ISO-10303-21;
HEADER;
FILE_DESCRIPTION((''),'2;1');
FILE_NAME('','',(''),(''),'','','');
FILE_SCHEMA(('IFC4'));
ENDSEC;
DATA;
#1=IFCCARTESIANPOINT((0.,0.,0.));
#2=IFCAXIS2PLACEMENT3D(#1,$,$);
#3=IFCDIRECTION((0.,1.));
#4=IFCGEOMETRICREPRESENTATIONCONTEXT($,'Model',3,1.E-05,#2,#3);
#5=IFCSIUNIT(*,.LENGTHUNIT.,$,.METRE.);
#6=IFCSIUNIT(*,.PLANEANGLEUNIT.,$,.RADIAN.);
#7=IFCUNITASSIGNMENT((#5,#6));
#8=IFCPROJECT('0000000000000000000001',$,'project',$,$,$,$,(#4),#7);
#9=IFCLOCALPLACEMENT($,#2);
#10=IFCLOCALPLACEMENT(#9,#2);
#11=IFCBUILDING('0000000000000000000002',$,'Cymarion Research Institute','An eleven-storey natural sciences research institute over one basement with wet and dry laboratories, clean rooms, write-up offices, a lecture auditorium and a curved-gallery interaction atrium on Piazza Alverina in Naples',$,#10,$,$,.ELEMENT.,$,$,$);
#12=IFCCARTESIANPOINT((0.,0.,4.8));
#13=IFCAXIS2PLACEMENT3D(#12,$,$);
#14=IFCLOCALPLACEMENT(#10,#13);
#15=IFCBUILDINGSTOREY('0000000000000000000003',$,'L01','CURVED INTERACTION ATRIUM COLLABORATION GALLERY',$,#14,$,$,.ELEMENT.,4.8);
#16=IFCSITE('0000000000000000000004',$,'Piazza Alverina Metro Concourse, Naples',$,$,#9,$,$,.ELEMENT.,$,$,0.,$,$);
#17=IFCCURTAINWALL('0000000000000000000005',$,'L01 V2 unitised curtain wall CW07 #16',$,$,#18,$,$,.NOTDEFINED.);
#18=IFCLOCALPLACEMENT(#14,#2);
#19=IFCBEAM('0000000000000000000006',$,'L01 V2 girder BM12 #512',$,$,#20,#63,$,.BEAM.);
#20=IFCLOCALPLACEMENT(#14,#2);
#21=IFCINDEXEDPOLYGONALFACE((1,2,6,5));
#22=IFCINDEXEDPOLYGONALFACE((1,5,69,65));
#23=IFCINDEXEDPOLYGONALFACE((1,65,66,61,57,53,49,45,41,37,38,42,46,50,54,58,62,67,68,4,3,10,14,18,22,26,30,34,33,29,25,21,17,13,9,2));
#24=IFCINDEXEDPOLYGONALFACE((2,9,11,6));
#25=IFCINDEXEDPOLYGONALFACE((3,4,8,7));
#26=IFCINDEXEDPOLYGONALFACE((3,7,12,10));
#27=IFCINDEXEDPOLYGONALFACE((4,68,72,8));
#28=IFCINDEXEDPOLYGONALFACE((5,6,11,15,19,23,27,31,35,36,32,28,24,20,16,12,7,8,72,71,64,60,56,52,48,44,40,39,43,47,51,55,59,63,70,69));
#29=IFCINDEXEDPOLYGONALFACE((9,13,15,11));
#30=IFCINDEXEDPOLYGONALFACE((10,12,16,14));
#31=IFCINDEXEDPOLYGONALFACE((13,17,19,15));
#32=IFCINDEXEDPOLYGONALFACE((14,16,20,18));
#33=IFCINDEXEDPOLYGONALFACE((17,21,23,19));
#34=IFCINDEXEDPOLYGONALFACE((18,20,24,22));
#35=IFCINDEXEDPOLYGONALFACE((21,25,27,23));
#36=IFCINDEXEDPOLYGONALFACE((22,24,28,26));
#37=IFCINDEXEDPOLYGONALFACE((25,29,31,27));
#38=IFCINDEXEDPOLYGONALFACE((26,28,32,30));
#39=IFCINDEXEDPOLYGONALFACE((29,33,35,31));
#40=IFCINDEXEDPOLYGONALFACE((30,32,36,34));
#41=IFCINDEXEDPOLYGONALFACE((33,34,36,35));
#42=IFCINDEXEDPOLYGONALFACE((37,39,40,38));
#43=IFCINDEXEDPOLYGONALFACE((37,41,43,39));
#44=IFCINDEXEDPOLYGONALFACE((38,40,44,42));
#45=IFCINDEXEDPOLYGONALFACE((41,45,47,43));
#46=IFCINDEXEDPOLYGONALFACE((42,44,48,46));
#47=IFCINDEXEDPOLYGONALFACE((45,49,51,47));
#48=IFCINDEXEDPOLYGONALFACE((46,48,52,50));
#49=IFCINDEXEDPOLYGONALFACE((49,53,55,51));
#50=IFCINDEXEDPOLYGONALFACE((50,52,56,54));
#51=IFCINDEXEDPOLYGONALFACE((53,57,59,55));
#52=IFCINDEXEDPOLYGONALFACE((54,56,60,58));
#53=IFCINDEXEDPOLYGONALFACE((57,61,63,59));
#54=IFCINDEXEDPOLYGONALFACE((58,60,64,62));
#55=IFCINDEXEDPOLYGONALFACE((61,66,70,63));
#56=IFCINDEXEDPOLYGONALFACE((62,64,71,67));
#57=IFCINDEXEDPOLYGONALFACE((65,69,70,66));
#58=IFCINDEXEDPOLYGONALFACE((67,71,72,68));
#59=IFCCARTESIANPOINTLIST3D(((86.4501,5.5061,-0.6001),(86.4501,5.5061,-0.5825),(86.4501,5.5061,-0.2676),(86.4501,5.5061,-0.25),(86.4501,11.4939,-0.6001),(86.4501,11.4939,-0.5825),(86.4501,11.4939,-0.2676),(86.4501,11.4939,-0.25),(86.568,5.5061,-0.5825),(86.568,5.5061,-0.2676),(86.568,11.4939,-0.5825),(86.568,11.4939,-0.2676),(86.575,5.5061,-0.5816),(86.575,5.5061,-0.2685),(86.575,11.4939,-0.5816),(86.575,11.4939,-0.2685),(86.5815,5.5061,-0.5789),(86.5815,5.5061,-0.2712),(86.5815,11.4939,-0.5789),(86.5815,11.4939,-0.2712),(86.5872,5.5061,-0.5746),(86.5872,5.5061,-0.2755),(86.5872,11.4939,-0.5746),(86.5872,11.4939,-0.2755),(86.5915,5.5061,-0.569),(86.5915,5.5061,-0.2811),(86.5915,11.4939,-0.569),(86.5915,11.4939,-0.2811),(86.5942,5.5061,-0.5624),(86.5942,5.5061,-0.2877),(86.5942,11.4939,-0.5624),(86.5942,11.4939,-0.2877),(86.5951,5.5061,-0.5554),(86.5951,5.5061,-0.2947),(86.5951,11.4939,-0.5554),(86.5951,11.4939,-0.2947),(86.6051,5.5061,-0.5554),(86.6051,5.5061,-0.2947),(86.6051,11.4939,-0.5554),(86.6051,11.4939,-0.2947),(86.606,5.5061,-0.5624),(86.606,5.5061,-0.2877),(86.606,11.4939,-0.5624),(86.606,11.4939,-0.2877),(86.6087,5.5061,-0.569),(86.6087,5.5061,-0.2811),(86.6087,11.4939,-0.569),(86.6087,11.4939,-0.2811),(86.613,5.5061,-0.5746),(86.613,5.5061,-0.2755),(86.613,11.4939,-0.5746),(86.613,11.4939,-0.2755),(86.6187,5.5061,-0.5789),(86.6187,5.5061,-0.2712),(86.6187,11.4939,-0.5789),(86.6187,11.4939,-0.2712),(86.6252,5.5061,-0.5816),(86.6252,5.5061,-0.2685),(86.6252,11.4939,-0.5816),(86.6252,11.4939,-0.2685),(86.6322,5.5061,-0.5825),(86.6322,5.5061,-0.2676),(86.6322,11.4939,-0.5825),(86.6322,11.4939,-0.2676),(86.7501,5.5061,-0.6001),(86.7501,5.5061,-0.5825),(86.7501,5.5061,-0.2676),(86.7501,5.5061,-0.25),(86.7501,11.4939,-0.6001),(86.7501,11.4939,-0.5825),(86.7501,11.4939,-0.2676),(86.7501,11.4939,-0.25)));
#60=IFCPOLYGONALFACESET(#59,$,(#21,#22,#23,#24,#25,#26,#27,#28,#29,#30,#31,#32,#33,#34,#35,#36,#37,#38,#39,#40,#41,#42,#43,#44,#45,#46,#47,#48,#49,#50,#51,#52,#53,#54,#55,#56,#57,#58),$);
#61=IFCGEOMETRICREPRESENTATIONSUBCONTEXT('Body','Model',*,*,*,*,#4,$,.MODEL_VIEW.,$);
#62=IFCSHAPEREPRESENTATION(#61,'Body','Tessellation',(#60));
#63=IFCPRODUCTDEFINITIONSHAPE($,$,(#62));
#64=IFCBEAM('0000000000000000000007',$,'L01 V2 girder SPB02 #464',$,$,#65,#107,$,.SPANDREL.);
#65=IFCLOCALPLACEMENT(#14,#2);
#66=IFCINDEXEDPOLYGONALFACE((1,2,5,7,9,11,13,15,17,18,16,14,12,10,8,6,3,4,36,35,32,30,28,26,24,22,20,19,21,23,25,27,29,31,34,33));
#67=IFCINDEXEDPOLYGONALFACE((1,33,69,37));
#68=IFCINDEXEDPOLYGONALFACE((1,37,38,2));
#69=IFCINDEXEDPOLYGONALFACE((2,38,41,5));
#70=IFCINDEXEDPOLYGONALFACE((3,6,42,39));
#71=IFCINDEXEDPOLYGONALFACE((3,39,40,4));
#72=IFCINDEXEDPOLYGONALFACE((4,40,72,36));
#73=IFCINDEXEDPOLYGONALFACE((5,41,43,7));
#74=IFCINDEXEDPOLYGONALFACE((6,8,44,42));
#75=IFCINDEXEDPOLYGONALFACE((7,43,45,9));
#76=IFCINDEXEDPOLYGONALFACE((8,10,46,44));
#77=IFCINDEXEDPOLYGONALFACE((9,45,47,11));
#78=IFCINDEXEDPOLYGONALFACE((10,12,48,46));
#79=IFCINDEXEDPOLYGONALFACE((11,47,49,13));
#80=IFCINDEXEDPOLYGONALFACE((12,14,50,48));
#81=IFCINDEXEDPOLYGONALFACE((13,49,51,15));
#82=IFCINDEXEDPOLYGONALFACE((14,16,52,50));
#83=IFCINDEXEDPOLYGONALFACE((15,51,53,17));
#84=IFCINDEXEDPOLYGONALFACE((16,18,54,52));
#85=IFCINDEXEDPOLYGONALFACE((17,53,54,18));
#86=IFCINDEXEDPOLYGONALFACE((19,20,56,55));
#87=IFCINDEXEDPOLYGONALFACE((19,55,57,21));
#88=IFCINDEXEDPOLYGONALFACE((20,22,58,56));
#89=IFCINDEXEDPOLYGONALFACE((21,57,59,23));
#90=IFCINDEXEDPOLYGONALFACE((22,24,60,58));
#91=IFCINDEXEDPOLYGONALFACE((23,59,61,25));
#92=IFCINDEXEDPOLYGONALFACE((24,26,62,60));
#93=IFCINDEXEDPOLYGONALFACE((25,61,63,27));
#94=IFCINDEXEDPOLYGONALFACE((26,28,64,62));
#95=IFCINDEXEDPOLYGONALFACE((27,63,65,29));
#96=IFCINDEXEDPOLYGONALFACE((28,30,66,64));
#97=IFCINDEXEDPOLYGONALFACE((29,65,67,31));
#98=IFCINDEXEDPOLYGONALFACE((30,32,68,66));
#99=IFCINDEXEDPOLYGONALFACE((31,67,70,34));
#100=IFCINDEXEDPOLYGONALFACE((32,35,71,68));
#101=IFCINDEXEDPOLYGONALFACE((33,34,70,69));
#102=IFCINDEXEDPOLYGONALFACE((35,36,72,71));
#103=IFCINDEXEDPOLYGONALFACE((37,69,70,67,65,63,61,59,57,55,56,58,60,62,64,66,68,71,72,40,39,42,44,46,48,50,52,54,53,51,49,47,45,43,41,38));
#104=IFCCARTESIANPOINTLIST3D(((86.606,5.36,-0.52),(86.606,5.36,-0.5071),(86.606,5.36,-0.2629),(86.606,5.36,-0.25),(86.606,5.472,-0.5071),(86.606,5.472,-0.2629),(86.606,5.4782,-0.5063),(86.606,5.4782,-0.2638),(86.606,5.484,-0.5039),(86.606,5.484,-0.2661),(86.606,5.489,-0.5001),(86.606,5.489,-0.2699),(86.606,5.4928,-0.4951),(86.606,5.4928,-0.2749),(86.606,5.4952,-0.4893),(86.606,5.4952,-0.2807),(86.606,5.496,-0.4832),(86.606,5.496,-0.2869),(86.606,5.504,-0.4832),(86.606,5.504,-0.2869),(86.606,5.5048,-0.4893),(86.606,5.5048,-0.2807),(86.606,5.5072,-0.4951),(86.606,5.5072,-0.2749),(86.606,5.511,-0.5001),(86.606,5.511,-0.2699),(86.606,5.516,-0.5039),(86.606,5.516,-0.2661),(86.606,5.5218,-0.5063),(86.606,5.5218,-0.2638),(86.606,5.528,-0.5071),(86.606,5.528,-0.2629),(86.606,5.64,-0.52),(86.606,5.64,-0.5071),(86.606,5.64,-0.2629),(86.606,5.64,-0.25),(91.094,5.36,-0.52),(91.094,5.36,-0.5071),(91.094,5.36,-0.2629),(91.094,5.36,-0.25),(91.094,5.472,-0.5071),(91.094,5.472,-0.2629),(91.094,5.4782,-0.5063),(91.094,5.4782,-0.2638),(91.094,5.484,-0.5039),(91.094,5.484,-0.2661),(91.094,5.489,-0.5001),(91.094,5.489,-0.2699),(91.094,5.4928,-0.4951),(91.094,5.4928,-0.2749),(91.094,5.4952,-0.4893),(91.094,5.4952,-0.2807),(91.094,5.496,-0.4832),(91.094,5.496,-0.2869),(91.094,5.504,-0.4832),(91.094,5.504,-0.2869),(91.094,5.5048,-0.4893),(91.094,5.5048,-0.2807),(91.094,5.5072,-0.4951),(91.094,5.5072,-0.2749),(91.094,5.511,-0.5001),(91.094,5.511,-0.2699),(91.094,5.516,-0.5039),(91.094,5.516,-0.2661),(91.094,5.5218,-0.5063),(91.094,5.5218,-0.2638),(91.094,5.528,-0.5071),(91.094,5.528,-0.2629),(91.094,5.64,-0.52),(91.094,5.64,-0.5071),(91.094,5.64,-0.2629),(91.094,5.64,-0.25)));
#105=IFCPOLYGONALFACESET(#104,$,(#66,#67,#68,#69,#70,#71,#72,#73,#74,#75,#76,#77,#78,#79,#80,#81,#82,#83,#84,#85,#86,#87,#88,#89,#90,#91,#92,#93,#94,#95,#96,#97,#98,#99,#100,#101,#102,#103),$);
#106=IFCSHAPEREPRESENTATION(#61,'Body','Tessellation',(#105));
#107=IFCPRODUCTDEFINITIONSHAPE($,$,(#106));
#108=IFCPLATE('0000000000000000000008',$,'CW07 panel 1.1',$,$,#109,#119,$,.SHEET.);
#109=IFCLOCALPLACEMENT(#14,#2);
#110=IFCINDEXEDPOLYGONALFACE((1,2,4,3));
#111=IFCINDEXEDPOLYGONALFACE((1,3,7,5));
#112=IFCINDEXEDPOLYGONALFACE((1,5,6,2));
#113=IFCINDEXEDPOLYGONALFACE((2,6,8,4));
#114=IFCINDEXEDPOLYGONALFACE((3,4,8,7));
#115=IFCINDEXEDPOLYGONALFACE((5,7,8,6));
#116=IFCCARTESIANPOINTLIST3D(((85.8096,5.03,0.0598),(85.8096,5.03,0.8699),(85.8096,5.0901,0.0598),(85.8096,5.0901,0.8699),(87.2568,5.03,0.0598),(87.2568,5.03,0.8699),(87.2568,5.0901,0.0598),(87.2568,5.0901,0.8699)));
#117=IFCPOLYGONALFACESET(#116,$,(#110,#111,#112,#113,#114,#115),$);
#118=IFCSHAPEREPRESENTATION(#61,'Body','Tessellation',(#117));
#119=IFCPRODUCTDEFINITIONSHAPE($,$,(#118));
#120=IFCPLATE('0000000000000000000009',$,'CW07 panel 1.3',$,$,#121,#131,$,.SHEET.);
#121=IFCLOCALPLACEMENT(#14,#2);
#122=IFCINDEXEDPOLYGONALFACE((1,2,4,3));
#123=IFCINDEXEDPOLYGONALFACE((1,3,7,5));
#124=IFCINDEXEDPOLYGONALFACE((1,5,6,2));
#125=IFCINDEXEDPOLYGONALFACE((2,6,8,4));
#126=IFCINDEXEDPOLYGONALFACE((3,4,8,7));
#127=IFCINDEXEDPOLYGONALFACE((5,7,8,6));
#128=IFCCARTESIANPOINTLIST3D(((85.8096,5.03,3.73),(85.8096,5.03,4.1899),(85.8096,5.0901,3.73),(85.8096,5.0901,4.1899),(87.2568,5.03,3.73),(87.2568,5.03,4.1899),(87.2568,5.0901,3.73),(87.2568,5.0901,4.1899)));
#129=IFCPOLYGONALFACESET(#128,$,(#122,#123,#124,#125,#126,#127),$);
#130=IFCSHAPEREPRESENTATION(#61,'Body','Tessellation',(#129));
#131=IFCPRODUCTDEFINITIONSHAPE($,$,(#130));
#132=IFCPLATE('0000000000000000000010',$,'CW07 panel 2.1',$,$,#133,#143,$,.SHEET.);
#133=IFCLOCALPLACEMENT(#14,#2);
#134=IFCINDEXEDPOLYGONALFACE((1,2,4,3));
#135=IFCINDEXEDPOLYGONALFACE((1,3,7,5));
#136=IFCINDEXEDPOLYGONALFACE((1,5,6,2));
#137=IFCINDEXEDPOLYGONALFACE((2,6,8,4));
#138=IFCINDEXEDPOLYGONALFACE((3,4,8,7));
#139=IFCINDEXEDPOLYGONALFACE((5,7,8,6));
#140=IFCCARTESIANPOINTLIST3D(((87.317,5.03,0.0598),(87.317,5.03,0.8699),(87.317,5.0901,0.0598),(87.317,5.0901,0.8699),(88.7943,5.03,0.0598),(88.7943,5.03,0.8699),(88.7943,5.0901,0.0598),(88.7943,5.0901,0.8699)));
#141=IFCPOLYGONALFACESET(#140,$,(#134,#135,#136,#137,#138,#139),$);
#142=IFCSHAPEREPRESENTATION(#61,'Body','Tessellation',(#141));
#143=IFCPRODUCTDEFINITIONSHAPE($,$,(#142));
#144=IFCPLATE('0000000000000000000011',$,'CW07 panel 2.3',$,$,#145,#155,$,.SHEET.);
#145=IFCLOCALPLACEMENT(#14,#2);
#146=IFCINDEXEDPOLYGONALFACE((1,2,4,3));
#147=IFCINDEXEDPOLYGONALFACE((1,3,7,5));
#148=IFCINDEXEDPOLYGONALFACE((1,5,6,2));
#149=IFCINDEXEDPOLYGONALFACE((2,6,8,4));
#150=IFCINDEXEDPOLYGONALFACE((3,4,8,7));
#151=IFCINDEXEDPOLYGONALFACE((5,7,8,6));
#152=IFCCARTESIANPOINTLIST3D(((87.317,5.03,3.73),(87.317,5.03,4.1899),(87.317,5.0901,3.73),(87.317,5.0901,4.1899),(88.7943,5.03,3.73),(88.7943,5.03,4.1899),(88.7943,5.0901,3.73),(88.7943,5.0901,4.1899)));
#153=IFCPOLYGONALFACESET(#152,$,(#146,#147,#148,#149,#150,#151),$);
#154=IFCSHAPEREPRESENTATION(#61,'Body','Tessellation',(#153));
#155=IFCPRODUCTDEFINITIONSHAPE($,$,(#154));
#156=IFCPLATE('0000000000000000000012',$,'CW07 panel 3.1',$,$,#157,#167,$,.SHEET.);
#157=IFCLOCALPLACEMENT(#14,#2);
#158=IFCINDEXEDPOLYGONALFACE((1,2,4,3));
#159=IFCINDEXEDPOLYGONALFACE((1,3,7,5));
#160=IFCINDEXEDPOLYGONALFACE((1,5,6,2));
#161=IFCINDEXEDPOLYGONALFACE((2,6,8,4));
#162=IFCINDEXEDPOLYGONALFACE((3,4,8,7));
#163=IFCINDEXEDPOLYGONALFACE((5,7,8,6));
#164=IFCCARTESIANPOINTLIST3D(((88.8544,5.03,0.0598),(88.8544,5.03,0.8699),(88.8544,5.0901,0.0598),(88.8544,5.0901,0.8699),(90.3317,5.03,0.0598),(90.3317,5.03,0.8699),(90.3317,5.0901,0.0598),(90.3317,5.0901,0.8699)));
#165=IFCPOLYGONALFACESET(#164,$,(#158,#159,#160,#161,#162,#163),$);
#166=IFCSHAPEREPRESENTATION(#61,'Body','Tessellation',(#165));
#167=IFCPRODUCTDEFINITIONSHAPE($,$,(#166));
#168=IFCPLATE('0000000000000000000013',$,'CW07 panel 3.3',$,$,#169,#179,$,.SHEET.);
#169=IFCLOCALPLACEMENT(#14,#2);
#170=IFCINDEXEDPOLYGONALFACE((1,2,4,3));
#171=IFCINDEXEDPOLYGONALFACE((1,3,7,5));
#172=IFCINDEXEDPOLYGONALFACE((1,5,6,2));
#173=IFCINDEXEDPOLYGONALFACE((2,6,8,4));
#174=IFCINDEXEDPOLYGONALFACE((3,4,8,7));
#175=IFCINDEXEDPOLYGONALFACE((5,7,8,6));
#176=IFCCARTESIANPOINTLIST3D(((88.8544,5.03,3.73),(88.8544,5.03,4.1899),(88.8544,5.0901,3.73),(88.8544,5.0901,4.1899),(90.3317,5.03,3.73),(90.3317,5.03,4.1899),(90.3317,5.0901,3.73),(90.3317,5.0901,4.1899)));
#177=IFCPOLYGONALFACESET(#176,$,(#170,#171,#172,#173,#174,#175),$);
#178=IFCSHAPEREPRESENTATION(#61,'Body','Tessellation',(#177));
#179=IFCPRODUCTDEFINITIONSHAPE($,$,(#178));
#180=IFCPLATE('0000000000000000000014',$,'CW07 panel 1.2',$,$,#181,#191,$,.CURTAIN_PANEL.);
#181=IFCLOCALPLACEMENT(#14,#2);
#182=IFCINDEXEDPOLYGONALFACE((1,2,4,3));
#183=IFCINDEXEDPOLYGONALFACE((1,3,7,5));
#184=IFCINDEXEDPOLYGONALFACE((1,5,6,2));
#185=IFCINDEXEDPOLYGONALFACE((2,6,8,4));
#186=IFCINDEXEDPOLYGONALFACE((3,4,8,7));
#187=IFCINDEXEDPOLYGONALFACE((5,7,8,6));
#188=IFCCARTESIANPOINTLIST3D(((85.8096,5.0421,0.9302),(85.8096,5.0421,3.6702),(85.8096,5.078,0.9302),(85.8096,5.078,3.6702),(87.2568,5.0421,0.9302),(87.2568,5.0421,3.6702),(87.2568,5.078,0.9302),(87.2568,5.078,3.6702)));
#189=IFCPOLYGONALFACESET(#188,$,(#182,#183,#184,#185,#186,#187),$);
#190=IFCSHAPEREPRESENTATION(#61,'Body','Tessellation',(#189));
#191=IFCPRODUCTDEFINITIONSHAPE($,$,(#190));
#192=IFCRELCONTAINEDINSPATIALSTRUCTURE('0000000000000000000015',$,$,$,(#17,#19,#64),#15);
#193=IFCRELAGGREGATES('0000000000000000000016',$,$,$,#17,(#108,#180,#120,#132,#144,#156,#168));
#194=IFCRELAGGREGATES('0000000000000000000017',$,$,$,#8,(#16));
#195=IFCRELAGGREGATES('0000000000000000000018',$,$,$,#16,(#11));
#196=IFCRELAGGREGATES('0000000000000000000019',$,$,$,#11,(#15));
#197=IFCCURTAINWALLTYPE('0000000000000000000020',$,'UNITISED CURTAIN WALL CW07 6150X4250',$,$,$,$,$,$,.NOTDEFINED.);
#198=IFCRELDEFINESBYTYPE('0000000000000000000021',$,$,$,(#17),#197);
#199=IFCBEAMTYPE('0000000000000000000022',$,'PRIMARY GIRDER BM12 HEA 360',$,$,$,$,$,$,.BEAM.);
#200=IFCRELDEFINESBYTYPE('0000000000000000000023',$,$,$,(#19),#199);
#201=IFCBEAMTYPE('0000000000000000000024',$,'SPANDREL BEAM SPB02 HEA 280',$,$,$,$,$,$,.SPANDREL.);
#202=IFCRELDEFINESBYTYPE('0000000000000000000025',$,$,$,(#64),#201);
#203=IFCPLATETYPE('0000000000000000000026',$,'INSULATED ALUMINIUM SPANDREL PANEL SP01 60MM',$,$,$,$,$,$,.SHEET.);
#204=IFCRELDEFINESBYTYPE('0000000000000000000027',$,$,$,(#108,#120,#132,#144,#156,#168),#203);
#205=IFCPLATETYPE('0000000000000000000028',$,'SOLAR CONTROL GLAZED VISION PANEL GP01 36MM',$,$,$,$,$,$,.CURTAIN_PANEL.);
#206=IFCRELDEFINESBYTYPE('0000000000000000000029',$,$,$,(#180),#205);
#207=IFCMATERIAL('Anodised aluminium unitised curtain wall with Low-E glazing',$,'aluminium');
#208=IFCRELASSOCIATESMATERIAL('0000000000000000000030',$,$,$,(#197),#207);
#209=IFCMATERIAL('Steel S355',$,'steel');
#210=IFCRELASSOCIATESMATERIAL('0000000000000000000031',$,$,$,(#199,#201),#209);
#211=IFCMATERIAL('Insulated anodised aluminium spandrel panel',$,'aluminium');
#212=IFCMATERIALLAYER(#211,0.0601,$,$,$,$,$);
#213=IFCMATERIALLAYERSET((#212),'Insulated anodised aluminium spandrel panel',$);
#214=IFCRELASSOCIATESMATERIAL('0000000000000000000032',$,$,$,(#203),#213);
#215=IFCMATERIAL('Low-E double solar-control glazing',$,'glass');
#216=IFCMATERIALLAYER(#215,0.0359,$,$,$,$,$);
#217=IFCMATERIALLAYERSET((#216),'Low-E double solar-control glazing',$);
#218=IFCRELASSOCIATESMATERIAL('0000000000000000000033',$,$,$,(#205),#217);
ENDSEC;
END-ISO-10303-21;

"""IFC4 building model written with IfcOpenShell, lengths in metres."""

from ifc_helpers import new_model, si_unit, direction, frame, origin, origin_2d, place, context, subcontext, project, spatial, rectangle, i_section, extrude, material, layer, layer_set, material_profile, profile_set, type_object, element, aggregate, save


model = new_model("IFC4")

# Units and contexts
model_context = context("Model", 3, precision=1e-05, world=origin(), true_north=direction((0.0, 1.0)))
body_context = subcontext(model_context, "Body", "Model", "MODEL_VIEW")
ifc_project = project(units=[si_unit("LENGTHUNIT", "METRE"), si_unit("PLANEANGLEUNIT", "RADIAN")], contexts=[model_context])

# Site, building, storey
site_placement = place(None, origin())
site = spatial("IfcSite", under=ifc_project, at=site_placement, Name="Piazza Alverina Metro Concourse, Naples", CompositionType="ELEMENT", RefElevation=0.0)
building_placement = place(site_placement, origin())
building = spatial("IfcBuilding", under=site, at=building_placement, Name="Cymarion Research Institute", Description="An eleven-storey natural sciences research institute over one basement with wet and dry laboratories, clean rooms, write-up offices, a lecture auditorium and a curved-gallery interaction atrium on Piazza Alverina in Naples", CompositionType="ELEMENT")
storey_placement = place(building_placement, frame((0.0, 0.0, 4.8)))
storey = spatial("IfcBuildingStorey", under=building, at=storey_placement, Name="L01", Description="CURVED INTERACTION ATRIUM COLLABORATION GALLERY", CompositionType="ELEMENT", Elevation=4.8)

# Shared definitions
ifc_material_1 = material(Name="Steel S355", Category="steel")

# Curtain wall
ifc_material_2 = material(Name="Anodised aluminium unitised curtain wall with Low-E glazing", Category="aluminium")
curtain_wall_type = type_object("IfcCurtainWallType", Name="UNITISED CURTAIN WALL CW07 6150X4250", PredefinedType="NOTDEFINED", material=ifc_material_2)
curtain_wall_placement = place(storey_placement, origin())
curtain_wall = element("IfcCurtainWall", 1, at=curtain_wall_placement, inside=storey, type_object=curtain_wall_type, Name="L01 V2 unitised curtain wall CW07 #16", PredefinedType="NOTDEFINED")

# Beams
ifc_material_profile_1 = material_profile(ifc_material_1, i_section(OverallWidth=0.3, OverallDepth=0.3501, WebThickness=0.01, FlangeThickness=0.0176, FilletRadius=0.0271, at=origin_2d()), Name="HEA 360")
ifc_profile_set_1 = profile_set([ifc_material_profile_1], Name="Steel S355")
beam_type_1 = type_object("IfcBeamType", Name="PRIMARY GIRDER BM12 HEA 360", PredefinedType="BEAM", material=ifc_profile_set_1)
beam_1_placement = place(storey_placement, frame((86.6001, 5.5061, -0.425), z_axis=(0.0, 1.0, 0.0), x_axis=(-1.0, 0.0, 0.0)))
element("IfcBeam", 2, at=beam_1_placement, inside=storey, type_object=beam_type_1, Name="L01 V2 girder BM12 #512", PredefinedType="BEAM", context=body_context, shape_type="SweptSolid", body=[
    extrude(i_section(OverallWidth=0.3, OverallDepth=0.3501, WebThickness=0.01, FlangeThickness=0.0176, FilletRadius=0.0271, at=origin_2d()), origin(), (0.0, 0.0, 1.0), 5.9878),
])
ifc_material_profile_2 = material_profile(ifc_material_1, i_section(OverallWidth=0.28, OverallDepth=0.27, WebThickness=0.0081, FlangeThickness=0.0129, FilletRadius=0.0239, at=origin_2d()), Name="HEA 280")
ifc_profile_set_2 = profile_set([ifc_material_profile_2], Name="Steel S355")
beam_type_2 = type_object("IfcBeamType", Name="SPANDREL BEAM SPB02 HEA 280", PredefinedType="SPANDREL", material=ifc_profile_set_2)
beam_2_placement = place(storey_placement, frame((86.606, 5.5, -0.385), z_axis=(1.0, 0.0, 0.0), x_axis=(0.0, 1.0, 0.0)))
element("IfcBeam", 3, at=beam_2_placement, inside=storey, type_object=beam_type_2, Name="L01 V2 girder SPB02 #464", PredefinedType="SPANDREL", context=body_context, shape_type="SweptSolid", body=[
    extrude(i_section(OverallWidth=0.28, OverallDepth=0.27, WebThickness=0.0081, FlangeThickness=0.0129, FilletRadius=0.0239, at=origin_2d()), origin(), (0.0, 0.0, 1.0), 4.488),
])

# Plates
ifc_material_3 = material(Name="Insulated anodised aluminium spandrel panel", Category="aluminium")
ifc_layer_1 = layer(ifc_material_3, 0.0601)
ifc_layer_set_1 = layer_set([ifc_layer_1], Name="Insulated anodised aluminium spandrel panel")
plate_type_1 = type_object("IfcPlateType", Name="INSULATED ALUMINIUM SPANDREL PANEL SP01 60MM", PredefinedType="SHEET", material=ifc_layer_set_1)
plate_1_placement = place(storey_placement, frame((86.5332, 5.0601, 0.0598), z_axis=(0.0, 0.0, 1.0), x_axis=(1.0, 0.0, 0.0)))
plate_1 = element("IfcPlate", 4, at=plate_1_placement, type_object=plate_type_1, Name="CW07 panel 1.1", PredefinedType="SHEET", context=body_context, shape_type="SweptSolid", body=[
    extrude(rectangle(XDim=1.4473, YDim=0.0601, at=origin_2d()), origin(), (0.0, 0.0, 1.0), 0.8101),
])
plate_2_placement = place(storey_placement, frame((86.5332, 5.0601, 3.73), z_axis=(0.0, 0.0, 1.0), x_axis=(1.0, 0.0, 0.0)))
plate_2 = element("IfcPlate", 5, at=plate_2_placement, type_object=plate_type_1, Name="CW07 panel 1.3", PredefinedType="SHEET", context=body_context, shape_type="SweptSolid", body=[
    extrude(rectangle(XDim=1.4473, YDim=0.0601, at=origin_2d()), origin(), (0.0, 0.0, 1.0), 0.46),
])
plate_3_placement = place(storey_placement, frame((88.0557, 5.0601, 0.0598), z_axis=(0.0, 0.0, 1.0), x_axis=(1.0, 0.0, 0.0)))
plate_3 = element("IfcPlate", 6, at=plate_3_placement, type_object=plate_type_1, Name="CW07 panel 2.1", PredefinedType="SHEET", context=body_context, shape_type="SweptSolid", body=[
    extrude(rectangle(XDim=1.4773, YDim=0.0601, at=origin_2d()), origin(), (0.0, 0.0, 1.0), 0.8101),
])
plate_4_placement = place(storey_placement, frame((88.0557, 5.0601, 3.73), z_axis=(0.0, 0.0, 1.0), x_axis=(1.0, 0.0, 0.0)))
plate_4 = element("IfcPlate", 7, at=plate_4_placement, type_object=plate_type_1, Name="CW07 panel 2.3", PredefinedType="SHEET", context=body_context, shape_type="SweptSolid", body=[
    extrude(rectangle(XDim=1.4773, YDim=0.0601, at=origin_2d()), origin(), (0.0, 0.0, 1.0), 0.46),
])
plate_5_placement = place(storey_placement, frame((89.593, 5.0601, 0.0598), z_axis=(0.0, 0.0, 1.0), x_axis=(1.0, 0.0, 0.0)))
plate_5 = element("IfcPlate", 8, at=plate_5_placement, type_object=plate_type_1, Name="CW07 panel 3.1", PredefinedType="SHEET", context=body_context, shape_type="SweptSolid", body=[
    extrude(rectangle(XDim=1.4773, YDim=0.0601, at=origin_2d()), origin(), (0.0, 0.0, 1.0), 0.8101),
])
plate_6_placement = place(storey_placement, frame((89.593, 5.0601, 3.73), z_axis=(0.0, 0.0, 1.0), x_axis=(1.0, 0.0, 0.0)))
plate_6 = element("IfcPlate", 9, at=plate_6_placement, type_object=plate_type_1, Name="CW07 panel 3.3", PredefinedType="SHEET", context=body_context, shape_type="SweptSolid", body=[
    extrude(rectangle(XDim=1.4773, YDim=0.0601, at=origin_2d()), origin(), (0.0, 0.0, 1.0), 0.46),
])
ifc_material_4 = material(Name="Low-E double solar-control glazing", Category="glass")
ifc_layer_2 = layer(ifc_material_4, 0.0359)
ifc_layer_set_2 = layer_set([ifc_layer_2], Name="Low-E double solar-control glazing")
plate_type_2 = type_object("IfcPlateType", Name="SOLAR CONTROL GLAZED VISION PANEL GP01 36MM", PredefinedType="CURTAIN_PANEL", material=ifc_layer_set_2)
plate_7_placement = place(storey_placement, frame((86.5332, 5.0601, 0.9302), z_axis=(0.0, 0.0, 1.0), x_axis=(1.0, 0.0, 0.0)))
plate_7 = element("IfcPlate", 10, at=plate_7_placement, type_object=plate_type_2, Name="CW07 panel 1.2", PredefinedType="CURTAIN_PANEL", context=body_context, shape_type="SweptSolid", body=[
    extrude(rectangle(XDim=1.4473, YDim=0.0359, at=origin_2d()), origin(), (0.0, 0.0, 1.0), 2.74),
])
aggregate(curtain_wall, [plate_1, plate_7, plate_2, plate_3, plate_4, plate_5, plate_6])

save(model, "model.ifc")
